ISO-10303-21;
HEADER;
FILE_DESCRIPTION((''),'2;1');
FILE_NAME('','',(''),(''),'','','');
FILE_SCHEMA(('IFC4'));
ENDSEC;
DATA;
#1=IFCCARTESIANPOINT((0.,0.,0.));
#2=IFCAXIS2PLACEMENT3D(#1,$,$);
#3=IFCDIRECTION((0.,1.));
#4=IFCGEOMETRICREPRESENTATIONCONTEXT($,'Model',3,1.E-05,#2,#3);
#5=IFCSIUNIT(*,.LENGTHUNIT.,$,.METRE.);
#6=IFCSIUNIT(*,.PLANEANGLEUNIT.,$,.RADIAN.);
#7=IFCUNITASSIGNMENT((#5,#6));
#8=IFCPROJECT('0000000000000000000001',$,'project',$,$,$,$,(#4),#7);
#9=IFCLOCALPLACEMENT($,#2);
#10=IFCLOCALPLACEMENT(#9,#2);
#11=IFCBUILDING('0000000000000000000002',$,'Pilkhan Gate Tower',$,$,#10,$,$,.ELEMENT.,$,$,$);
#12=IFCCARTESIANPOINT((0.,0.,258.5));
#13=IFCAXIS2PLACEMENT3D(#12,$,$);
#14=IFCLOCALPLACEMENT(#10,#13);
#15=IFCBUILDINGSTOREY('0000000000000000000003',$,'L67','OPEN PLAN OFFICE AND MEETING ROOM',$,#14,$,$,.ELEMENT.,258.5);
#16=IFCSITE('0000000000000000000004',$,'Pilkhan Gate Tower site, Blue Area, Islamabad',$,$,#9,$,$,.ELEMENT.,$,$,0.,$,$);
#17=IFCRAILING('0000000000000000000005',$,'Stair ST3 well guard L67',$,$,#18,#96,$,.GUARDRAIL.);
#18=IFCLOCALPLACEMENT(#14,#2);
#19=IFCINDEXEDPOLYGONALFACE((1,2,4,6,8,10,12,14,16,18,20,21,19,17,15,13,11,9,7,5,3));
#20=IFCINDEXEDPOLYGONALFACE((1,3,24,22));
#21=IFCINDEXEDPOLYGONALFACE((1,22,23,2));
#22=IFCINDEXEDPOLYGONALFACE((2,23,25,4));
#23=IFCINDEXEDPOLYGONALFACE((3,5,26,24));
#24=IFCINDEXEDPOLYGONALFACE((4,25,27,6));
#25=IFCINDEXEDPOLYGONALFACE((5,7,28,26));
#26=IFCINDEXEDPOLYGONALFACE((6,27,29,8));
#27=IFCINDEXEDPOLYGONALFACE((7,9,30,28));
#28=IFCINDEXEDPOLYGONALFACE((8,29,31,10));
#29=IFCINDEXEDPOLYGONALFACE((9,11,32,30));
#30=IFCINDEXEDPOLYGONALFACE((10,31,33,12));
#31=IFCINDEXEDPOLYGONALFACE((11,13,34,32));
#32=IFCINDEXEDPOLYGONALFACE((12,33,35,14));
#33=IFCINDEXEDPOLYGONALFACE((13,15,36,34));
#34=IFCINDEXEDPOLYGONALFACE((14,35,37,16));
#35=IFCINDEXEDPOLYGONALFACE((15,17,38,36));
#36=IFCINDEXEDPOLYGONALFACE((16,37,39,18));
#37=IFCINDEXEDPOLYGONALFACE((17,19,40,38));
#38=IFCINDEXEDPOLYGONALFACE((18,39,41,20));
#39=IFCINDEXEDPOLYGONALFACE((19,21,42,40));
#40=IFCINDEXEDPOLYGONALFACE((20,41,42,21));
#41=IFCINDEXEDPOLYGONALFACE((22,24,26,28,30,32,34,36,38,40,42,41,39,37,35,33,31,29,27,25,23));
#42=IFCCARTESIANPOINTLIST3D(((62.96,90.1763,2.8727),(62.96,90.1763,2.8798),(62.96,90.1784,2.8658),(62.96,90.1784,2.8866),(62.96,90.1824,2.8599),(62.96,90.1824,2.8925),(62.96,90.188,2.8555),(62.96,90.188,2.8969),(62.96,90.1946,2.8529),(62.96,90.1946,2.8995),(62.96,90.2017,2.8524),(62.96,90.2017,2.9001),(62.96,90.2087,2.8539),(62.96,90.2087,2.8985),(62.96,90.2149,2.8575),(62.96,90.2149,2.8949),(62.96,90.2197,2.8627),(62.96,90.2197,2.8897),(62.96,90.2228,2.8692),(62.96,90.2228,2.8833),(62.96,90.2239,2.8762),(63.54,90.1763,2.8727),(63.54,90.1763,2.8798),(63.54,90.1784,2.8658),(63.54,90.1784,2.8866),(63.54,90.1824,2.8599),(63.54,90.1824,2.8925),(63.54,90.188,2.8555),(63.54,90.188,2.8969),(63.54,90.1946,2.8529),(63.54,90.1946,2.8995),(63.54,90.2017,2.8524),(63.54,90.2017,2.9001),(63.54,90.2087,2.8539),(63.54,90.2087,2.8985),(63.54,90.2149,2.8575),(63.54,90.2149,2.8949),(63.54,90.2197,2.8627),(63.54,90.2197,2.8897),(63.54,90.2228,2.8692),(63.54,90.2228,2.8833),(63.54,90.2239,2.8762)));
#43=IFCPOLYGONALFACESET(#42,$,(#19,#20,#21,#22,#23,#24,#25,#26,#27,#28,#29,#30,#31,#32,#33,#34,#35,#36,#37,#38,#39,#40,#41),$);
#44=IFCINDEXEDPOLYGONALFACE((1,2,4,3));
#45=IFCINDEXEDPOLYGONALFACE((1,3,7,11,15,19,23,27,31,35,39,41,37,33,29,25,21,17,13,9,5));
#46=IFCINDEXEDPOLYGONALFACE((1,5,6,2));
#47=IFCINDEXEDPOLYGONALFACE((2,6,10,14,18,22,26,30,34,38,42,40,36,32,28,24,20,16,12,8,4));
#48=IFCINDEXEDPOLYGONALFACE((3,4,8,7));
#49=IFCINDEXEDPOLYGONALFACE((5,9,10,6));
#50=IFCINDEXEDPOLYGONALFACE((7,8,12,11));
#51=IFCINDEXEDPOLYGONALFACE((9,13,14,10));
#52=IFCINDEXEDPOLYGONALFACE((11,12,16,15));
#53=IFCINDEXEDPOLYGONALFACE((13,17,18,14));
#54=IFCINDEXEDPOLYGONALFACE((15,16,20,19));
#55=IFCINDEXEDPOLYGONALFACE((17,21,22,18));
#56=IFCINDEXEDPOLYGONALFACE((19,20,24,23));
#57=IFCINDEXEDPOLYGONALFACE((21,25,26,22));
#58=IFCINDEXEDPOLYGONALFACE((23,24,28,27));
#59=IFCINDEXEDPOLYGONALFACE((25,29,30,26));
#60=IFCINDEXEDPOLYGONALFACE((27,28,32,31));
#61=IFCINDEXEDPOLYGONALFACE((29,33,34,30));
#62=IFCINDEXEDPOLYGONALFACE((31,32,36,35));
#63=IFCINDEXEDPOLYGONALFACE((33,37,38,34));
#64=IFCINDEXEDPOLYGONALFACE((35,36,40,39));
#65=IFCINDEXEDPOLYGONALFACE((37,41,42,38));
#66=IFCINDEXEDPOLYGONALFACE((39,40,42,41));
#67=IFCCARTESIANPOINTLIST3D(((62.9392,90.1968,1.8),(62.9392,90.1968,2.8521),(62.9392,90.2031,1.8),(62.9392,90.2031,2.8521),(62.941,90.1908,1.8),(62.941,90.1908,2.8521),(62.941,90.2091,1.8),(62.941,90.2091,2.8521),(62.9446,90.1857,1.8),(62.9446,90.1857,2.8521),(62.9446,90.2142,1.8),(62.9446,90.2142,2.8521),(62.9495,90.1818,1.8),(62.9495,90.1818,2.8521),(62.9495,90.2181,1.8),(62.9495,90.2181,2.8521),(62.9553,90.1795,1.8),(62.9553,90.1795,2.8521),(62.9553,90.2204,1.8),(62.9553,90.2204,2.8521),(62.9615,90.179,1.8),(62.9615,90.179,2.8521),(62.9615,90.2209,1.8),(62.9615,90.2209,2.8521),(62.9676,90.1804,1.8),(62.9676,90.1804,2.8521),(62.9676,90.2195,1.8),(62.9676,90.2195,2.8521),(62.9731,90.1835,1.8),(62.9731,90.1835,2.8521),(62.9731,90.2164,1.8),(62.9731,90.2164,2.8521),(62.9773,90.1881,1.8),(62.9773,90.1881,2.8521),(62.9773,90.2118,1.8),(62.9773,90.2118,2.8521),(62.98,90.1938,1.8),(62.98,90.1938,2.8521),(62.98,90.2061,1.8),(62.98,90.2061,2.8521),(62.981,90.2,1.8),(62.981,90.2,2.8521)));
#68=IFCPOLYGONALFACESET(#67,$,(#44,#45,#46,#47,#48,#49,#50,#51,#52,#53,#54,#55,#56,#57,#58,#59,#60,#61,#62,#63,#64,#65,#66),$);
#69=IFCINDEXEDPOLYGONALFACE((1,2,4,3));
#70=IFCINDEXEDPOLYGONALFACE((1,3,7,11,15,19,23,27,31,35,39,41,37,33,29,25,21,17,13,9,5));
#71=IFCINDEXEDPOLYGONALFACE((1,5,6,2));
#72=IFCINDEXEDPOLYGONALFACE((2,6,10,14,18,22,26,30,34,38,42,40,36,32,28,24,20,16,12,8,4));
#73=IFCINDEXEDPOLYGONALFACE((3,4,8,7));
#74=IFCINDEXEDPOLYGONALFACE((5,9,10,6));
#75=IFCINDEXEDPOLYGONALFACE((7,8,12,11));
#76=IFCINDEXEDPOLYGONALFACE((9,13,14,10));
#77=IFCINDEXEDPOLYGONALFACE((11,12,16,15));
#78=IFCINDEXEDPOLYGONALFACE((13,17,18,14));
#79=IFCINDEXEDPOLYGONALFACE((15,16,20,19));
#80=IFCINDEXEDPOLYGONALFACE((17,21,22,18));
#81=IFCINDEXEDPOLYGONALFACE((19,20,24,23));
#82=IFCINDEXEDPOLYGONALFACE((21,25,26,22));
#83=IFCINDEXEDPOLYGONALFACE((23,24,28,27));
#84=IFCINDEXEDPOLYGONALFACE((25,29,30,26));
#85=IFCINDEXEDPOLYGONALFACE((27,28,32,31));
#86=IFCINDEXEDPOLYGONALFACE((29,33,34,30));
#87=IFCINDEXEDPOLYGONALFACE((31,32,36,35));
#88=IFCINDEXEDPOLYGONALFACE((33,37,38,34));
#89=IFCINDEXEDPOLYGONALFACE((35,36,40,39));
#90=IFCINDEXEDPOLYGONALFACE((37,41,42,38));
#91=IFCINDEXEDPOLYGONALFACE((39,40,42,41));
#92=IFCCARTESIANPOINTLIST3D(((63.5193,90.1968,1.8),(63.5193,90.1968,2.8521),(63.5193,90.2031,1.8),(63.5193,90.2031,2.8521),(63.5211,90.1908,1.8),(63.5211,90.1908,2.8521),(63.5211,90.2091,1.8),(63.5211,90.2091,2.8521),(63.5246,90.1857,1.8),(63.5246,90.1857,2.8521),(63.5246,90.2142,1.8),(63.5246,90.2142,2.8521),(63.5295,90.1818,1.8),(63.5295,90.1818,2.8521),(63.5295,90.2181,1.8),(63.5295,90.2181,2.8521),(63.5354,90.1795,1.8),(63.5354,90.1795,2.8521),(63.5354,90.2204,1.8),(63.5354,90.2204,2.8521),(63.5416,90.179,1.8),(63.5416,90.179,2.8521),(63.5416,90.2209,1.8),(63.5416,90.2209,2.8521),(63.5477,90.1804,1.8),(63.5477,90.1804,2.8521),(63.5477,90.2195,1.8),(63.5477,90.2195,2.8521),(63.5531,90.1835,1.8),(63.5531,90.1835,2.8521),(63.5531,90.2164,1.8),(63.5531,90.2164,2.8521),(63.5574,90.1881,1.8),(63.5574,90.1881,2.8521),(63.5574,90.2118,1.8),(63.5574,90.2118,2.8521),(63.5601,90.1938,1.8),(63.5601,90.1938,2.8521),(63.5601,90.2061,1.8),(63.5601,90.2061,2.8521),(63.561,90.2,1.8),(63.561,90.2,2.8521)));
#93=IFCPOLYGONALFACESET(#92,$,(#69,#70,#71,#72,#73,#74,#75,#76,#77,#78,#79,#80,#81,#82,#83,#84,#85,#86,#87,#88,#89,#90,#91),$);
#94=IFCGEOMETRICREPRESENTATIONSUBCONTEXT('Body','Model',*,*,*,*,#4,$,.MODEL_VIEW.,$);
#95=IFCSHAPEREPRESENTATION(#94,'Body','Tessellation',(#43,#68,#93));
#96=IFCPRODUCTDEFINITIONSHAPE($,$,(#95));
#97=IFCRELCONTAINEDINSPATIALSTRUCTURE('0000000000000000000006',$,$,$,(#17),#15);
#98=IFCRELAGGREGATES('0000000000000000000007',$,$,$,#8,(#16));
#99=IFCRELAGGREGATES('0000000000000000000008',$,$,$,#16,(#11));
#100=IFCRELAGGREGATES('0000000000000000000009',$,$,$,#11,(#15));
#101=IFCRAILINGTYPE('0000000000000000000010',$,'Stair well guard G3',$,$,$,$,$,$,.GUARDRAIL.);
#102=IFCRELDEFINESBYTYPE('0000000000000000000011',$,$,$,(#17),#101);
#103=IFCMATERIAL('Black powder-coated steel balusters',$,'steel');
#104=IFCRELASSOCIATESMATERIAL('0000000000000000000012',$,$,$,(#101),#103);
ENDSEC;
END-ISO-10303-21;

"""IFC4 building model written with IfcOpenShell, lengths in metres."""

from ifc_helpers import new_model, si_unit, direction, frame, origin, origin_2d, place, context, subcontext, project, spatial, circle, extrude, material, type_object, element, save


model = new_model("IFC4")

# Units and contexts
model_context = context("Model", 3, precision=1e-05, world=origin(), true_north=direction((0.0, 1.0)))
body_context = subcontext(model_context, "Body", "Model", "MODEL_VIEW")
ifc_project = project(units=[si_unit("LENGTHUNIT", "METRE"), si_unit("PLANEANGLEUNIT", "RADIAN")], contexts=[model_context])

# Site, building, storey
site_placement = place(None, origin())
site = spatial("IfcSite", under=ifc_project, at=site_placement, Name="Pilkhan Gate Tower site, Blue Area, Islamabad", CompositionType="ELEMENT", RefElevation=0.0)
building_placement = place(site_placement, origin())
building = spatial("IfcBuilding", under=site, at=building_placement, Name="Pilkhan Gate Tower", CompositionType="ELEMENT")
storey_placement = place(building_placement, frame((0.0, 0.0, 258.5)))
storey = spatial("IfcBuildingStorey", under=building, at=storey_placement, Name="L67", Description="OPEN PLAN OFFICE AND MEETING ROOM", CompositionType="ELEMENT", Elevation=258.5)

# Railing
ifc_material_1 = material(Name="Black powder-coated steel balusters", Category="steel")
railing_type_1 = type_object("IfcRailingType", Name="Stair well guard G3", PredefinedType="GUARDRAIL", material=ifc_material_1)
for number, where, name in (
    (1, (62.96, 90.2, 1.8), "Stair ST3 well guard L67"),
):
    element("IfcRailing", number, at=place(storey_placement, frame(where)), inside=storey, type_object=railing_type_1, Name=name, PredefinedType="GUARDRAIL", context=body_context, shape_type="SweptSolid", body=[
        extrude(circle(Radius=0.0239, at=origin_2d()), frame((0.0, 0.0, 1.0762), z_axis=(1.0, 0.0, 0.0), x_axis=(0.0, 1.0, 0.0)), (0.0, 0.0, 1.0), 0.5801),
        extrude(circle(Radius=0.021, at=origin_2d()), origin(), (0.0, 0.0, 1.0), 1.052),
        extrude(circle(Radius=0.021, at=origin_2d()), frame((0.5801, 0.0, 0.0)), (0.0, 0.0, 1.0), 1.052),
    ])

save(model, "model.ifc")
